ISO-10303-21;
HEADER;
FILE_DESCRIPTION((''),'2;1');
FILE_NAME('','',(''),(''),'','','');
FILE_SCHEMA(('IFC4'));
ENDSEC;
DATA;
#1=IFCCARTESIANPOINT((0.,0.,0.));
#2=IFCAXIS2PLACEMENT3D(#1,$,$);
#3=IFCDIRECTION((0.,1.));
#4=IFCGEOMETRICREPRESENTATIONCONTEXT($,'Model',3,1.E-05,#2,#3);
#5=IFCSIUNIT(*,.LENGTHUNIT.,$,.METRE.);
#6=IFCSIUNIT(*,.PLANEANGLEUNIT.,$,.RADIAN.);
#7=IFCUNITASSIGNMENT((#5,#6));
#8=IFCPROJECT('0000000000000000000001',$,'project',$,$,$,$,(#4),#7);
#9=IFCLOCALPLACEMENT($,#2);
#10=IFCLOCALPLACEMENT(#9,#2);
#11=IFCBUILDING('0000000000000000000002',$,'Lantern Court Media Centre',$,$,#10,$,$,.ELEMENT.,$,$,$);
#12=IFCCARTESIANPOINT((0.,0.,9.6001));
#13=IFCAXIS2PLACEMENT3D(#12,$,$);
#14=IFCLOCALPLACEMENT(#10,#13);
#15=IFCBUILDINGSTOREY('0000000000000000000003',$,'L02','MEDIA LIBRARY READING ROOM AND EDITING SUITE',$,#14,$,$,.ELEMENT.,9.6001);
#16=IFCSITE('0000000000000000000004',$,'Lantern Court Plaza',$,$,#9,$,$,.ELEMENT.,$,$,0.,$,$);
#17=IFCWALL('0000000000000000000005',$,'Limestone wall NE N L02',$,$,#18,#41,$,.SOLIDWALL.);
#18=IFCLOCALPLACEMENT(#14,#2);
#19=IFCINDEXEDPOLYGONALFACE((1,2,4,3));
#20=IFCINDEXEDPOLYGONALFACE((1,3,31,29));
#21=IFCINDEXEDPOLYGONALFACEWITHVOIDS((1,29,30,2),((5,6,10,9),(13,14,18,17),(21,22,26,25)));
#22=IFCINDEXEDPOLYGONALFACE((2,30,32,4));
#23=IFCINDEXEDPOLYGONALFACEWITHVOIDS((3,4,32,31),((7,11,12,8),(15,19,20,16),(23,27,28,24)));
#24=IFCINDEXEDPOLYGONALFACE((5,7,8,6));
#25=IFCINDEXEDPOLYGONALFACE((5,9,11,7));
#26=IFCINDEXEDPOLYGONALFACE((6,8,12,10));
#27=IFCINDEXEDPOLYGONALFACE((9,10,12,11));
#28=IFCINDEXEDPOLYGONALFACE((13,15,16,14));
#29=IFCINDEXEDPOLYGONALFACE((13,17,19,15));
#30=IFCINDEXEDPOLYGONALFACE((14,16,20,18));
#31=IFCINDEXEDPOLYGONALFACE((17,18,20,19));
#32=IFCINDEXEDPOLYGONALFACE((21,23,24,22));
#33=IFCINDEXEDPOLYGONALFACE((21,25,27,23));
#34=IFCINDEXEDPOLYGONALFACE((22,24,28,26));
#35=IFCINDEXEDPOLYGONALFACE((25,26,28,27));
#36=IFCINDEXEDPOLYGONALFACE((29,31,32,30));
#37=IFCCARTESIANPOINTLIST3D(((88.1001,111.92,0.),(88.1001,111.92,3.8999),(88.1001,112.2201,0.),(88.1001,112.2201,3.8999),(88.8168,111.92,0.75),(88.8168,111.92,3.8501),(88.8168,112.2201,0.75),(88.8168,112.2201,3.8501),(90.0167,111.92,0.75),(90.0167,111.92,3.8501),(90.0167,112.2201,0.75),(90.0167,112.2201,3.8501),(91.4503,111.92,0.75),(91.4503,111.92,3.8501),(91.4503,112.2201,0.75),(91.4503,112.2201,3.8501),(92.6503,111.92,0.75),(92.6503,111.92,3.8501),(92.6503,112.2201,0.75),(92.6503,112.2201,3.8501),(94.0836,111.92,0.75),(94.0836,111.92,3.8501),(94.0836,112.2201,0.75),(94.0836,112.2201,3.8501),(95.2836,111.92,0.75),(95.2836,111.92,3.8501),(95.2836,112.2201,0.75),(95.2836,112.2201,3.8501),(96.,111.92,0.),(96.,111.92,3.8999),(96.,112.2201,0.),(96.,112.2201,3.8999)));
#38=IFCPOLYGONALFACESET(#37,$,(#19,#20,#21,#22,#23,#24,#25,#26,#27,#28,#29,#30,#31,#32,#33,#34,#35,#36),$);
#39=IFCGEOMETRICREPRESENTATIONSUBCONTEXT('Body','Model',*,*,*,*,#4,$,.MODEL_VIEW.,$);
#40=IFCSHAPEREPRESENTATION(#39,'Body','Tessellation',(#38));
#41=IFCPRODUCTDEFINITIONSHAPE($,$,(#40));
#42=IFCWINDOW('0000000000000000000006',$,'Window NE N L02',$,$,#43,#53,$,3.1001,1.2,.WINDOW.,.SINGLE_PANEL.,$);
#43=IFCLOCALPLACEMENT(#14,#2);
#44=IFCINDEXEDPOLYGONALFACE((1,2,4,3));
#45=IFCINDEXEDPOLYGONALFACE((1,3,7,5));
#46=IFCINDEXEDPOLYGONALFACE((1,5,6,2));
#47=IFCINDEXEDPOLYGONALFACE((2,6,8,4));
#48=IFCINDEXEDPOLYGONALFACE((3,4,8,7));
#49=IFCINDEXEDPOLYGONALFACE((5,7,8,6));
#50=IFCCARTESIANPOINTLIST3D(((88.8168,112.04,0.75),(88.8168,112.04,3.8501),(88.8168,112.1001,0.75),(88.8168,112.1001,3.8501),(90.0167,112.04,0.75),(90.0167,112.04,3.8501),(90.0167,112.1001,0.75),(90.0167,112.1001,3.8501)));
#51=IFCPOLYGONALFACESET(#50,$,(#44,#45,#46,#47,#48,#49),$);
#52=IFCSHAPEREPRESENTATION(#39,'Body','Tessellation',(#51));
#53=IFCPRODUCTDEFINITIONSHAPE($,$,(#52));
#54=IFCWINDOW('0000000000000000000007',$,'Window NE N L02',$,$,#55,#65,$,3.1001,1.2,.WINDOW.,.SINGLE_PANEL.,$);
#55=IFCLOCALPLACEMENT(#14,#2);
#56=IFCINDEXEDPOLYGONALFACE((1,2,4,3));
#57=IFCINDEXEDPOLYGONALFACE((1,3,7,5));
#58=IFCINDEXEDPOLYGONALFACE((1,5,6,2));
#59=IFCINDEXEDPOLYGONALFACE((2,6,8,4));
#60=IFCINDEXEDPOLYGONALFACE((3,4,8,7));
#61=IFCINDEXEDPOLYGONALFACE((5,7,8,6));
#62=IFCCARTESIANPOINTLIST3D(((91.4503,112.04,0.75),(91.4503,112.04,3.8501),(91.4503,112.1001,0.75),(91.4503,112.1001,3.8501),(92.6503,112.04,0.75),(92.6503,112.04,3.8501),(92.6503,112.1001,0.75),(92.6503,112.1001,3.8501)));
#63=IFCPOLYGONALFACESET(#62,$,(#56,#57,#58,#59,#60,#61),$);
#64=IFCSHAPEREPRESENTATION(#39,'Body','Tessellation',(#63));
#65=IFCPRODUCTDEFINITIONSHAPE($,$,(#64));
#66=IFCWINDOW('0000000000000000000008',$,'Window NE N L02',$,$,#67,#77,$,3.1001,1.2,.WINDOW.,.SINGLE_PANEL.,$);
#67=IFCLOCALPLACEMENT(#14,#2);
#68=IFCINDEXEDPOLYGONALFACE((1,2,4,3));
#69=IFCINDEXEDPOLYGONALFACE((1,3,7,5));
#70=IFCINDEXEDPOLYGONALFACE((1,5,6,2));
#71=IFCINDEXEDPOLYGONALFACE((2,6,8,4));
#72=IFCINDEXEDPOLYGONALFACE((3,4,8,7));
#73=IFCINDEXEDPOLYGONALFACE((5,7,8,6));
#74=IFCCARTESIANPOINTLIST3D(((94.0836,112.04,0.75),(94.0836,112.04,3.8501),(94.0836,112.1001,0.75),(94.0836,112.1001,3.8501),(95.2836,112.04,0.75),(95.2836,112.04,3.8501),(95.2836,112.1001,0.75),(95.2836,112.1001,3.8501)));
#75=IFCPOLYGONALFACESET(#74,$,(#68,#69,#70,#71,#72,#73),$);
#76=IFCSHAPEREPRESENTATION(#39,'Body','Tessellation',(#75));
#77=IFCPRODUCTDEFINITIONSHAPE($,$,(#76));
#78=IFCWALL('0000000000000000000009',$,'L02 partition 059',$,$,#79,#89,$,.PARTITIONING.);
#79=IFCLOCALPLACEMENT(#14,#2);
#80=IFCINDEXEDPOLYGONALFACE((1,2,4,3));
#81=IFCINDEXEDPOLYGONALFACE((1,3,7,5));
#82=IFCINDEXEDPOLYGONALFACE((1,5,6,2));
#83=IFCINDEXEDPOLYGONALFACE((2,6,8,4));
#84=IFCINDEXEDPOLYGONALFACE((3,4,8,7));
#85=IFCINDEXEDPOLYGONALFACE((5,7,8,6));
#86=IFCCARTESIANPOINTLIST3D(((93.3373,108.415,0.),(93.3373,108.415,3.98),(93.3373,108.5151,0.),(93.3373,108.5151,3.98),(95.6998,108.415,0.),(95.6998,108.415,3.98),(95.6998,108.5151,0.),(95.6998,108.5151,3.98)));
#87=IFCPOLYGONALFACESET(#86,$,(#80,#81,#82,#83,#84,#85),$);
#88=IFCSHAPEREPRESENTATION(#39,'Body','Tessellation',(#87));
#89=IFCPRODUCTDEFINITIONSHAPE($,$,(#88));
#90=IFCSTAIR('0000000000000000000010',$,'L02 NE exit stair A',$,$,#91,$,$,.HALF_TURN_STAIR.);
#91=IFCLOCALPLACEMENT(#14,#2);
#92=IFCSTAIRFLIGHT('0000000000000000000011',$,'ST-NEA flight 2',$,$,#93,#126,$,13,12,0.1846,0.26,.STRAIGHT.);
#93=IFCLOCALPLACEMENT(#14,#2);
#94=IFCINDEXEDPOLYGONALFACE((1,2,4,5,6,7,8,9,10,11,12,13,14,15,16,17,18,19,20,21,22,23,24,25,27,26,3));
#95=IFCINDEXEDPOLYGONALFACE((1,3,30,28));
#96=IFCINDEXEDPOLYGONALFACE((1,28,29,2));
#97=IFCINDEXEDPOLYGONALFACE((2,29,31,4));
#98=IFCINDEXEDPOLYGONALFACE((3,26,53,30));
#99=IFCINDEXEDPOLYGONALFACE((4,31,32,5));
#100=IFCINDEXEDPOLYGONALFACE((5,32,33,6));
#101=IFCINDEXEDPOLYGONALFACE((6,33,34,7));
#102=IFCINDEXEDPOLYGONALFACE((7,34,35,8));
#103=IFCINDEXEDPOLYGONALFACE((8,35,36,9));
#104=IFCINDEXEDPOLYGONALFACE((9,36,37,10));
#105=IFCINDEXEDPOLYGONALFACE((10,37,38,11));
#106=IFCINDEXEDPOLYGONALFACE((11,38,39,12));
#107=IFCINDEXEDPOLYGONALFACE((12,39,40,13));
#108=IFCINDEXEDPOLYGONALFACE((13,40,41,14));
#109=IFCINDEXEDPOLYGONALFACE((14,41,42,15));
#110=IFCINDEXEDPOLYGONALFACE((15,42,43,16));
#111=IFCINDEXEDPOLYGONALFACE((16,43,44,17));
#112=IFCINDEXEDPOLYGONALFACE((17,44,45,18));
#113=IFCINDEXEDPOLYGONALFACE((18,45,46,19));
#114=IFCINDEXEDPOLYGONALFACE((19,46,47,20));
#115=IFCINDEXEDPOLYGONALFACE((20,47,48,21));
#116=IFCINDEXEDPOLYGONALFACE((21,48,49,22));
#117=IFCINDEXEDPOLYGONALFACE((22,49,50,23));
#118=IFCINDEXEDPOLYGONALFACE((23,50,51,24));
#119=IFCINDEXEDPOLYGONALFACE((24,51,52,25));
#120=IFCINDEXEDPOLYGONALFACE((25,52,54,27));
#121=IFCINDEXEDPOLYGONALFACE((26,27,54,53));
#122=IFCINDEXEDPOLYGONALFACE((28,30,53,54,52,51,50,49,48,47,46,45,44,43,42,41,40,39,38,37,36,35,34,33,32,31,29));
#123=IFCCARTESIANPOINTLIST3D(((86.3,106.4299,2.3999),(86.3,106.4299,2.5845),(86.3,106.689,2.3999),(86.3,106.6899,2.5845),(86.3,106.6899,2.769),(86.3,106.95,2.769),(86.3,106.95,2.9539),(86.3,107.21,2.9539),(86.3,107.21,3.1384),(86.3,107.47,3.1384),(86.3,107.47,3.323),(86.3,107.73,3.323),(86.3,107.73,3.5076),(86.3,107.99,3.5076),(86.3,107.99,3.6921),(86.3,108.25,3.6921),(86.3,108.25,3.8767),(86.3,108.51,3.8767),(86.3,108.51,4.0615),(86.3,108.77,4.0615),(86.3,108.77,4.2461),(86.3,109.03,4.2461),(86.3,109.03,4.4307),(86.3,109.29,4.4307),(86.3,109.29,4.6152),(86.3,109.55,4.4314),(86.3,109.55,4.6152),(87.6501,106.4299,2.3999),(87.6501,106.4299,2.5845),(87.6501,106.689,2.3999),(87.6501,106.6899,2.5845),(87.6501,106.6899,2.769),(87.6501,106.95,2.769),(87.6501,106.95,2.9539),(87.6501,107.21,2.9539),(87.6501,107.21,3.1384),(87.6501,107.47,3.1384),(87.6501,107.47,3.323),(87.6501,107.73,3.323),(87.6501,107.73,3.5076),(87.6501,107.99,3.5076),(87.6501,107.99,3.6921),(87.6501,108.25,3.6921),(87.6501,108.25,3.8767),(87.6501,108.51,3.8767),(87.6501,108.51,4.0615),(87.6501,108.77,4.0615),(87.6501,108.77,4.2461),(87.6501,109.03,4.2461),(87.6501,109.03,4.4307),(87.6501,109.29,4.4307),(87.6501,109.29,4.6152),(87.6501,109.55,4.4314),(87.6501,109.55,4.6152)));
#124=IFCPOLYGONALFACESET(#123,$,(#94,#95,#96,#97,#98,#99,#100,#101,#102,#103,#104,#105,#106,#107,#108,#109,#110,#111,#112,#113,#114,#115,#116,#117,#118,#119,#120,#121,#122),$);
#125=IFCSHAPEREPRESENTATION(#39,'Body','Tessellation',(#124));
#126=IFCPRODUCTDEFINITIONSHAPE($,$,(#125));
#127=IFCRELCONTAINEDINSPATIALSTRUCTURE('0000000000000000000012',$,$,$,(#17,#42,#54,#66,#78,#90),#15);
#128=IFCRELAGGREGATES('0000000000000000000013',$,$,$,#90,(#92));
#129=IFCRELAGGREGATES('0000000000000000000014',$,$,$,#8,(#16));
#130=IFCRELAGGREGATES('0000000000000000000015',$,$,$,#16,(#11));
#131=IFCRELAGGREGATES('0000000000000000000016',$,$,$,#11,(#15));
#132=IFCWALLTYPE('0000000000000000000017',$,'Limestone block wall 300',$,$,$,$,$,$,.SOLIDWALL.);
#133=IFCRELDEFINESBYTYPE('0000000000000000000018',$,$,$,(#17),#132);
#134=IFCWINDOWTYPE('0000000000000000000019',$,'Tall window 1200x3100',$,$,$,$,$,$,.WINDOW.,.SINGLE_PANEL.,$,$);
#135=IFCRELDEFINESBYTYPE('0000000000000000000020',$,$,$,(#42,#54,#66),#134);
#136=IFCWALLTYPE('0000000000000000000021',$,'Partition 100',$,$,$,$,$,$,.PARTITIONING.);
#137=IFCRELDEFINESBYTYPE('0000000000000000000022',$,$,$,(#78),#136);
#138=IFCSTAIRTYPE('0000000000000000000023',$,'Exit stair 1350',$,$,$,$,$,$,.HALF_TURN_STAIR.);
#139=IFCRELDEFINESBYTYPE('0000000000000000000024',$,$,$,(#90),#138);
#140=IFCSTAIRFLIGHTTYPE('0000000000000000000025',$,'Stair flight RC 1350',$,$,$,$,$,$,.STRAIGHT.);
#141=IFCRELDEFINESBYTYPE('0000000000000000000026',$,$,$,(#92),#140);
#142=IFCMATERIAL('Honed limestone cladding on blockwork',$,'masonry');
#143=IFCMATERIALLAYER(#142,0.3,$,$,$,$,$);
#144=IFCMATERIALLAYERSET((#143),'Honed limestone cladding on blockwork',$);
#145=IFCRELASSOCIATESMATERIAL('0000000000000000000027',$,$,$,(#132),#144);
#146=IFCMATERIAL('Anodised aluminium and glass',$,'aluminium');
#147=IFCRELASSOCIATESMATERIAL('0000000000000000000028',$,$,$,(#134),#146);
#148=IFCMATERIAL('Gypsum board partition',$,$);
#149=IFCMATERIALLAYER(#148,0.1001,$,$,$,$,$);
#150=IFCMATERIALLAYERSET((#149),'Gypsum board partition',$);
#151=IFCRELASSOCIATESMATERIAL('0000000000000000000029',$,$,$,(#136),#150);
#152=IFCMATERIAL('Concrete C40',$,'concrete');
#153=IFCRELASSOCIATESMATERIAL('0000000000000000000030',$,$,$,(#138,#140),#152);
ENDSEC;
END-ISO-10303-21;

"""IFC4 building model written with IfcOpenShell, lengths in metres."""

from ifc_helpers import new_model, si_unit, direction, frame, frame_2d, origin, place, context, subcontext, project, spatial, polyline, rectangle, outline, extrude, material, layer, layer_set, type_object, element, fill, aggregate, save


model = new_model("IFC4")

# Units and contexts
model_context = context("Model", 3, precision=1e-05, world=origin(), true_north=direction((0.0, 1.0)))
body_context = subcontext(model_context, "Body", "Model", "MODEL_VIEW")
ifc_project = project(units=[si_unit("LENGTHUNIT", "METRE"), si_unit("PLANEANGLEUNIT", "RADIAN")], contexts=[model_context])

# Site, building, storey
site_placement = place(None, origin())
site = spatial("IfcSite", under=ifc_project, at=site_placement, Name="Lantern Court Plaza", CompositionType="ELEMENT", RefElevation=0.0)
building_placement = place(site_placement, origin())
building = spatial("IfcBuilding", under=site, at=building_placement, Name="Lantern Court Media Centre", CompositionType="ELEMENT")
storey_placement = place(building_placement, frame((0.0, 0.0, 9.6001)))
storey = spatial("IfcBuildingStorey", under=building, at=storey_placement, Name="L02", Description="MEDIA LIBRARY READING ROOM AND EDITING SUITE", CompositionType="ELEMENT", Elevation=9.6001)

# Shared definitions
ifc_material_1 = material(Name="Gypsum board partition")

# Wall, openings, windows
ifc_material_2 = material(Name="Honed limestone cladding on blockwork", Category="masonry")
ifc_layer_1 = layer(ifc_material_2, 0.3)
ifc_layer_set_1 = layer_set([ifc_layer_1], Name="Honed limestone cladding on blockwork")
wall_type_1 = type_object("IfcWallType", Name="Limestone block wall 300", PredefinedType="SOLIDWALL", material=ifc_layer_set_1)
wall_1_placement = place(storey_placement, frame((88.1001, 112.0701, 0.0), z_axis=(0.0, 0.0, 1.0), x_axis=(1.0, 0.0, 0.0)))
wall_1 = element("IfcWall", 1, at=wall_1_placement, inside=storey, type_object=wall_type_1, Name="Limestone wall NE N L02", PredefinedType="SOLIDWALL", context=body_context, shape_type="SweptSolid", body=[
    extrude(rectangle(XDim=7.8999, YDim=0.3, at=frame_2d((3.95, 0.0))), origin(), (0.0, 0.0, 1.0), 3.8999),
])
opening_1_placement = place(wall_1_placement, frame((0.7166, 0.0, 0.75)))
opening_1 = element("IfcOpeningElement", 2, at=opening_1_placement, cuts=wall_1, PredefinedType="OPENING", context=body_context, shape_type="SweptSolid", body=[
    extrude(rectangle(XDim=1.2, YDim=3.1001, at=frame_2d((0.6001, 1.55))), frame((0.0, 0.1599, 0.0), z_axis=(0.0, -1.0, 0.0), x_axis=(1.0, 0.0, 0.0)), (0.0, 0.0, 1.0), 0.3201),
])
opening_2_placement = place(wall_1_placement, frame((3.3501, 0.0, 0.75)))
opening_2 = element("IfcOpeningElement", 3, at=opening_2_placement, cuts=wall_1, PredefinedType="OPENING", context=body_context, shape_type="SweptSolid", body=[
    extrude(rectangle(XDim=1.2, YDim=3.1001, at=frame_2d((0.6001, 1.55))), frame((0.0, 0.1599, 0.0), z_axis=(0.0, -1.0, 0.0), x_axis=(1.0, 0.0, 0.0)), (0.0, 0.0, 1.0), 0.3201),
])
opening_3_placement = place(wall_1_placement, frame((5.9834, 0.0, 0.75)))
opening_3 = element("IfcOpeningElement", 4, at=opening_3_placement, cuts=wall_1, PredefinedType="OPENING", context=body_context, shape_type="SweptSolid", body=[
    extrude(rectangle(XDim=1.2, YDim=3.1001, at=frame_2d((0.6001, 1.55))), frame((0.0, 0.1599, 0.0), z_axis=(0.0, -1.0, 0.0), x_axis=(1.0, 0.0, 0.0)), (0.0, 0.0, 1.0), 0.3201),
])
ifc_material_3 = material(Name="Anodised aluminium and glass", Category="aluminium")
window_type = type_object("IfcWindowType", Name="Tall window 1200x3100", PartitioningType="SINGLE_PANEL", PredefinedType="WINDOW", material=ifc_material_3)
window_1_placement = place(opening_1_placement, origin())
window_1 = element("IfcWindow", 5, at=window_1_placement, inside=storey, type_object=window_type, Name="Window NE N L02", OverallHeight=3.1001, OverallWidth=1.2, PartitioningType="SINGLE_PANEL", PredefinedType="WINDOW", context=body_context, shape_type="SweptSolid", body=[
    extrude(rectangle(XDim=1.2, YDim=3.1001, at=frame_2d((0.6001, 1.55))), frame((0.0, 0.03, 0.0), z_axis=(0.0, -1.0, 0.0), x_axis=(1.0, 0.0, 0.0)), (0.0, 0.0, 1.0), 0.0601),
])
fill(opening_1, window_1)
window_2_placement = place(opening_2_placement, origin())
window_2 = element("IfcWindow", 6, at=window_2_placement, inside=storey, type_object=window_type, Name="Window NE N L02", OverallHeight=3.1001, OverallWidth=1.2, PartitioningType="SINGLE_PANEL", PredefinedType="WINDOW", context=body_context, shape_type="SweptSolid", body=[
    extrude(rectangle(XDim=1.2, YDim=3.1001, at=frame_2d((0.6001, 1.55))), frame((0.0, 0.03, 0.0), z_axis=(0.0, -1.0, 0.0), x_axis=(1.0, 0.0, 0.0)), (0.0, 0.0, 1.0), 0.0601),
])
fill(opening_2, window_2)
window_3_placement = place(opening_3_placement, origin())
window_3 = element("IfcWindow", 7, at=window_3_placement, inside=storey, type_object=window_type, Name="Window NE N L02", OverallHeight=3.1001, OverallWidth=1.2, PartitioningType="SINGLE_PANEL", PredefinedType="WINDOW", context=body_context, shape_type="SweptSolid", body=[
    extrude(rectangle(XDim=1.2, YDim=3.1001, at=frame_2d((0.6001, 1.55))), frame((0.0, 0.03, 0.0), z_axis=(0.0, -1.0, 0.0), x_axis=(1.0, 0.0, 0.0)), (0.0, 0.0, 1.0), 0.0601),
])
fill(opening_3, window_3)

# Wall
ifc_layer_2 = layer(ifc_material_1, 0.1001)
ifc_layer_set_2 = layer_set([ifc_layer_2], Name="Gypsum board partition")
wall_type_2 = type_object("IfcWallType", Name="Partition 100", PredefinedType="PARTITIONING", material=ifc_layer_set_2)
wall_2_placement = place(storey_placement, frame((93.3374, 108.4651, 0.0), z_axis=(0.0, 0.0, 1.0), x_axis=(1.0, 0.0, 0.0)))
element("IfcWall", 8, at=wall_2_placement, inside=storey, type_object=wall_type_2, Name="L02 partition 059", PredefinedType="PARTITIONING", context=body_context, shape_type="SweptSolid", body=[
    extrude(rectangle(XDim=2.3625, YDim=0.1001, at=frame_2d((1.1812, 0.0))), origin(), (0.0, 0.0, 1.0), 3.98),
])

# Stair, stair flight
ifc_material_4 = material(Name="Concrete C40", Category="concrete")
stair_type = type_object("IfcStairType", Name="Exit stair 1350", PredefinedType="HALF_TURN_STAIR", material=ifc_material_4)
stair_placement = place(storey_placement, origin())
stair = element("IfcStair", 9, at=stair_placement, inside=storey, type_object=stair_type, Name="L02 NE exit stair A", PredefinedType="HALF_TURN_STAIR")
stair_flight_type = type_object("IfcStairFlightType", Name="Stair flight RC 1350", PredefinedType="STRAIGHT", material=ifc_material_4)
stair_flight_placement = place(storey_placement, frame((86.9751, 106.4299, 2.3999), z_axis=(0.0, 0.0, 1.0), x_axis=(0.0, 1.0, 0.0)))
stair_flight = element("IfcStairFlight", 10, at=stair_flight_placement, type_object=stair_flight_type, Name="ST-NEA flight 2", NumberOfRisers=13, NumberOfTreads=12, PredefinedType="STRAIGHT", RiserHeight=0.1846, TreadLength=0.26, context=body_context, shape_type="SweptSolid", body=[
    extrude(outline(polyline([(0.0, 0.0), (0.0, 0.1846), (0.26, 0.1846), (0.26, 0.3691), (0.52, 0.3691), (0.52, 0.554), (0.78, 0.554), (0.78, 0.7385), (1.04, 0.7385), (1.04, 0.9231), (1.3, 0.9231), (1.3, 1.1077), (1.5601, 1.1077), (1.5601, 1.2922), (1.8201, 1.2922), (1.8201, 1.4768), (2.0801, 1.4768), (2.0801, 1.6616), (2.3401, 1.6616), (2.3401, 1.8462), (2.6001, 1.8462), (2.6001, 2.0308), (2.8601, 2.0308), (2.8601, 2.2153), (3.1201, 2.2153), (3.1201, 2.3999), (3.1201, 2.0315), (0.259, 0.0), (0.0, 0.0)])), frame((0.0, 0.675, 0.0), z_axis=(0.0, -1.0, 0.0), x_axis=(1.0, 0.0, 0.0)), (0.0, 0.0, 1.0), 1.3501),
])
aggregate(stair, [stair_flight])

save(model, "model.ifc")
